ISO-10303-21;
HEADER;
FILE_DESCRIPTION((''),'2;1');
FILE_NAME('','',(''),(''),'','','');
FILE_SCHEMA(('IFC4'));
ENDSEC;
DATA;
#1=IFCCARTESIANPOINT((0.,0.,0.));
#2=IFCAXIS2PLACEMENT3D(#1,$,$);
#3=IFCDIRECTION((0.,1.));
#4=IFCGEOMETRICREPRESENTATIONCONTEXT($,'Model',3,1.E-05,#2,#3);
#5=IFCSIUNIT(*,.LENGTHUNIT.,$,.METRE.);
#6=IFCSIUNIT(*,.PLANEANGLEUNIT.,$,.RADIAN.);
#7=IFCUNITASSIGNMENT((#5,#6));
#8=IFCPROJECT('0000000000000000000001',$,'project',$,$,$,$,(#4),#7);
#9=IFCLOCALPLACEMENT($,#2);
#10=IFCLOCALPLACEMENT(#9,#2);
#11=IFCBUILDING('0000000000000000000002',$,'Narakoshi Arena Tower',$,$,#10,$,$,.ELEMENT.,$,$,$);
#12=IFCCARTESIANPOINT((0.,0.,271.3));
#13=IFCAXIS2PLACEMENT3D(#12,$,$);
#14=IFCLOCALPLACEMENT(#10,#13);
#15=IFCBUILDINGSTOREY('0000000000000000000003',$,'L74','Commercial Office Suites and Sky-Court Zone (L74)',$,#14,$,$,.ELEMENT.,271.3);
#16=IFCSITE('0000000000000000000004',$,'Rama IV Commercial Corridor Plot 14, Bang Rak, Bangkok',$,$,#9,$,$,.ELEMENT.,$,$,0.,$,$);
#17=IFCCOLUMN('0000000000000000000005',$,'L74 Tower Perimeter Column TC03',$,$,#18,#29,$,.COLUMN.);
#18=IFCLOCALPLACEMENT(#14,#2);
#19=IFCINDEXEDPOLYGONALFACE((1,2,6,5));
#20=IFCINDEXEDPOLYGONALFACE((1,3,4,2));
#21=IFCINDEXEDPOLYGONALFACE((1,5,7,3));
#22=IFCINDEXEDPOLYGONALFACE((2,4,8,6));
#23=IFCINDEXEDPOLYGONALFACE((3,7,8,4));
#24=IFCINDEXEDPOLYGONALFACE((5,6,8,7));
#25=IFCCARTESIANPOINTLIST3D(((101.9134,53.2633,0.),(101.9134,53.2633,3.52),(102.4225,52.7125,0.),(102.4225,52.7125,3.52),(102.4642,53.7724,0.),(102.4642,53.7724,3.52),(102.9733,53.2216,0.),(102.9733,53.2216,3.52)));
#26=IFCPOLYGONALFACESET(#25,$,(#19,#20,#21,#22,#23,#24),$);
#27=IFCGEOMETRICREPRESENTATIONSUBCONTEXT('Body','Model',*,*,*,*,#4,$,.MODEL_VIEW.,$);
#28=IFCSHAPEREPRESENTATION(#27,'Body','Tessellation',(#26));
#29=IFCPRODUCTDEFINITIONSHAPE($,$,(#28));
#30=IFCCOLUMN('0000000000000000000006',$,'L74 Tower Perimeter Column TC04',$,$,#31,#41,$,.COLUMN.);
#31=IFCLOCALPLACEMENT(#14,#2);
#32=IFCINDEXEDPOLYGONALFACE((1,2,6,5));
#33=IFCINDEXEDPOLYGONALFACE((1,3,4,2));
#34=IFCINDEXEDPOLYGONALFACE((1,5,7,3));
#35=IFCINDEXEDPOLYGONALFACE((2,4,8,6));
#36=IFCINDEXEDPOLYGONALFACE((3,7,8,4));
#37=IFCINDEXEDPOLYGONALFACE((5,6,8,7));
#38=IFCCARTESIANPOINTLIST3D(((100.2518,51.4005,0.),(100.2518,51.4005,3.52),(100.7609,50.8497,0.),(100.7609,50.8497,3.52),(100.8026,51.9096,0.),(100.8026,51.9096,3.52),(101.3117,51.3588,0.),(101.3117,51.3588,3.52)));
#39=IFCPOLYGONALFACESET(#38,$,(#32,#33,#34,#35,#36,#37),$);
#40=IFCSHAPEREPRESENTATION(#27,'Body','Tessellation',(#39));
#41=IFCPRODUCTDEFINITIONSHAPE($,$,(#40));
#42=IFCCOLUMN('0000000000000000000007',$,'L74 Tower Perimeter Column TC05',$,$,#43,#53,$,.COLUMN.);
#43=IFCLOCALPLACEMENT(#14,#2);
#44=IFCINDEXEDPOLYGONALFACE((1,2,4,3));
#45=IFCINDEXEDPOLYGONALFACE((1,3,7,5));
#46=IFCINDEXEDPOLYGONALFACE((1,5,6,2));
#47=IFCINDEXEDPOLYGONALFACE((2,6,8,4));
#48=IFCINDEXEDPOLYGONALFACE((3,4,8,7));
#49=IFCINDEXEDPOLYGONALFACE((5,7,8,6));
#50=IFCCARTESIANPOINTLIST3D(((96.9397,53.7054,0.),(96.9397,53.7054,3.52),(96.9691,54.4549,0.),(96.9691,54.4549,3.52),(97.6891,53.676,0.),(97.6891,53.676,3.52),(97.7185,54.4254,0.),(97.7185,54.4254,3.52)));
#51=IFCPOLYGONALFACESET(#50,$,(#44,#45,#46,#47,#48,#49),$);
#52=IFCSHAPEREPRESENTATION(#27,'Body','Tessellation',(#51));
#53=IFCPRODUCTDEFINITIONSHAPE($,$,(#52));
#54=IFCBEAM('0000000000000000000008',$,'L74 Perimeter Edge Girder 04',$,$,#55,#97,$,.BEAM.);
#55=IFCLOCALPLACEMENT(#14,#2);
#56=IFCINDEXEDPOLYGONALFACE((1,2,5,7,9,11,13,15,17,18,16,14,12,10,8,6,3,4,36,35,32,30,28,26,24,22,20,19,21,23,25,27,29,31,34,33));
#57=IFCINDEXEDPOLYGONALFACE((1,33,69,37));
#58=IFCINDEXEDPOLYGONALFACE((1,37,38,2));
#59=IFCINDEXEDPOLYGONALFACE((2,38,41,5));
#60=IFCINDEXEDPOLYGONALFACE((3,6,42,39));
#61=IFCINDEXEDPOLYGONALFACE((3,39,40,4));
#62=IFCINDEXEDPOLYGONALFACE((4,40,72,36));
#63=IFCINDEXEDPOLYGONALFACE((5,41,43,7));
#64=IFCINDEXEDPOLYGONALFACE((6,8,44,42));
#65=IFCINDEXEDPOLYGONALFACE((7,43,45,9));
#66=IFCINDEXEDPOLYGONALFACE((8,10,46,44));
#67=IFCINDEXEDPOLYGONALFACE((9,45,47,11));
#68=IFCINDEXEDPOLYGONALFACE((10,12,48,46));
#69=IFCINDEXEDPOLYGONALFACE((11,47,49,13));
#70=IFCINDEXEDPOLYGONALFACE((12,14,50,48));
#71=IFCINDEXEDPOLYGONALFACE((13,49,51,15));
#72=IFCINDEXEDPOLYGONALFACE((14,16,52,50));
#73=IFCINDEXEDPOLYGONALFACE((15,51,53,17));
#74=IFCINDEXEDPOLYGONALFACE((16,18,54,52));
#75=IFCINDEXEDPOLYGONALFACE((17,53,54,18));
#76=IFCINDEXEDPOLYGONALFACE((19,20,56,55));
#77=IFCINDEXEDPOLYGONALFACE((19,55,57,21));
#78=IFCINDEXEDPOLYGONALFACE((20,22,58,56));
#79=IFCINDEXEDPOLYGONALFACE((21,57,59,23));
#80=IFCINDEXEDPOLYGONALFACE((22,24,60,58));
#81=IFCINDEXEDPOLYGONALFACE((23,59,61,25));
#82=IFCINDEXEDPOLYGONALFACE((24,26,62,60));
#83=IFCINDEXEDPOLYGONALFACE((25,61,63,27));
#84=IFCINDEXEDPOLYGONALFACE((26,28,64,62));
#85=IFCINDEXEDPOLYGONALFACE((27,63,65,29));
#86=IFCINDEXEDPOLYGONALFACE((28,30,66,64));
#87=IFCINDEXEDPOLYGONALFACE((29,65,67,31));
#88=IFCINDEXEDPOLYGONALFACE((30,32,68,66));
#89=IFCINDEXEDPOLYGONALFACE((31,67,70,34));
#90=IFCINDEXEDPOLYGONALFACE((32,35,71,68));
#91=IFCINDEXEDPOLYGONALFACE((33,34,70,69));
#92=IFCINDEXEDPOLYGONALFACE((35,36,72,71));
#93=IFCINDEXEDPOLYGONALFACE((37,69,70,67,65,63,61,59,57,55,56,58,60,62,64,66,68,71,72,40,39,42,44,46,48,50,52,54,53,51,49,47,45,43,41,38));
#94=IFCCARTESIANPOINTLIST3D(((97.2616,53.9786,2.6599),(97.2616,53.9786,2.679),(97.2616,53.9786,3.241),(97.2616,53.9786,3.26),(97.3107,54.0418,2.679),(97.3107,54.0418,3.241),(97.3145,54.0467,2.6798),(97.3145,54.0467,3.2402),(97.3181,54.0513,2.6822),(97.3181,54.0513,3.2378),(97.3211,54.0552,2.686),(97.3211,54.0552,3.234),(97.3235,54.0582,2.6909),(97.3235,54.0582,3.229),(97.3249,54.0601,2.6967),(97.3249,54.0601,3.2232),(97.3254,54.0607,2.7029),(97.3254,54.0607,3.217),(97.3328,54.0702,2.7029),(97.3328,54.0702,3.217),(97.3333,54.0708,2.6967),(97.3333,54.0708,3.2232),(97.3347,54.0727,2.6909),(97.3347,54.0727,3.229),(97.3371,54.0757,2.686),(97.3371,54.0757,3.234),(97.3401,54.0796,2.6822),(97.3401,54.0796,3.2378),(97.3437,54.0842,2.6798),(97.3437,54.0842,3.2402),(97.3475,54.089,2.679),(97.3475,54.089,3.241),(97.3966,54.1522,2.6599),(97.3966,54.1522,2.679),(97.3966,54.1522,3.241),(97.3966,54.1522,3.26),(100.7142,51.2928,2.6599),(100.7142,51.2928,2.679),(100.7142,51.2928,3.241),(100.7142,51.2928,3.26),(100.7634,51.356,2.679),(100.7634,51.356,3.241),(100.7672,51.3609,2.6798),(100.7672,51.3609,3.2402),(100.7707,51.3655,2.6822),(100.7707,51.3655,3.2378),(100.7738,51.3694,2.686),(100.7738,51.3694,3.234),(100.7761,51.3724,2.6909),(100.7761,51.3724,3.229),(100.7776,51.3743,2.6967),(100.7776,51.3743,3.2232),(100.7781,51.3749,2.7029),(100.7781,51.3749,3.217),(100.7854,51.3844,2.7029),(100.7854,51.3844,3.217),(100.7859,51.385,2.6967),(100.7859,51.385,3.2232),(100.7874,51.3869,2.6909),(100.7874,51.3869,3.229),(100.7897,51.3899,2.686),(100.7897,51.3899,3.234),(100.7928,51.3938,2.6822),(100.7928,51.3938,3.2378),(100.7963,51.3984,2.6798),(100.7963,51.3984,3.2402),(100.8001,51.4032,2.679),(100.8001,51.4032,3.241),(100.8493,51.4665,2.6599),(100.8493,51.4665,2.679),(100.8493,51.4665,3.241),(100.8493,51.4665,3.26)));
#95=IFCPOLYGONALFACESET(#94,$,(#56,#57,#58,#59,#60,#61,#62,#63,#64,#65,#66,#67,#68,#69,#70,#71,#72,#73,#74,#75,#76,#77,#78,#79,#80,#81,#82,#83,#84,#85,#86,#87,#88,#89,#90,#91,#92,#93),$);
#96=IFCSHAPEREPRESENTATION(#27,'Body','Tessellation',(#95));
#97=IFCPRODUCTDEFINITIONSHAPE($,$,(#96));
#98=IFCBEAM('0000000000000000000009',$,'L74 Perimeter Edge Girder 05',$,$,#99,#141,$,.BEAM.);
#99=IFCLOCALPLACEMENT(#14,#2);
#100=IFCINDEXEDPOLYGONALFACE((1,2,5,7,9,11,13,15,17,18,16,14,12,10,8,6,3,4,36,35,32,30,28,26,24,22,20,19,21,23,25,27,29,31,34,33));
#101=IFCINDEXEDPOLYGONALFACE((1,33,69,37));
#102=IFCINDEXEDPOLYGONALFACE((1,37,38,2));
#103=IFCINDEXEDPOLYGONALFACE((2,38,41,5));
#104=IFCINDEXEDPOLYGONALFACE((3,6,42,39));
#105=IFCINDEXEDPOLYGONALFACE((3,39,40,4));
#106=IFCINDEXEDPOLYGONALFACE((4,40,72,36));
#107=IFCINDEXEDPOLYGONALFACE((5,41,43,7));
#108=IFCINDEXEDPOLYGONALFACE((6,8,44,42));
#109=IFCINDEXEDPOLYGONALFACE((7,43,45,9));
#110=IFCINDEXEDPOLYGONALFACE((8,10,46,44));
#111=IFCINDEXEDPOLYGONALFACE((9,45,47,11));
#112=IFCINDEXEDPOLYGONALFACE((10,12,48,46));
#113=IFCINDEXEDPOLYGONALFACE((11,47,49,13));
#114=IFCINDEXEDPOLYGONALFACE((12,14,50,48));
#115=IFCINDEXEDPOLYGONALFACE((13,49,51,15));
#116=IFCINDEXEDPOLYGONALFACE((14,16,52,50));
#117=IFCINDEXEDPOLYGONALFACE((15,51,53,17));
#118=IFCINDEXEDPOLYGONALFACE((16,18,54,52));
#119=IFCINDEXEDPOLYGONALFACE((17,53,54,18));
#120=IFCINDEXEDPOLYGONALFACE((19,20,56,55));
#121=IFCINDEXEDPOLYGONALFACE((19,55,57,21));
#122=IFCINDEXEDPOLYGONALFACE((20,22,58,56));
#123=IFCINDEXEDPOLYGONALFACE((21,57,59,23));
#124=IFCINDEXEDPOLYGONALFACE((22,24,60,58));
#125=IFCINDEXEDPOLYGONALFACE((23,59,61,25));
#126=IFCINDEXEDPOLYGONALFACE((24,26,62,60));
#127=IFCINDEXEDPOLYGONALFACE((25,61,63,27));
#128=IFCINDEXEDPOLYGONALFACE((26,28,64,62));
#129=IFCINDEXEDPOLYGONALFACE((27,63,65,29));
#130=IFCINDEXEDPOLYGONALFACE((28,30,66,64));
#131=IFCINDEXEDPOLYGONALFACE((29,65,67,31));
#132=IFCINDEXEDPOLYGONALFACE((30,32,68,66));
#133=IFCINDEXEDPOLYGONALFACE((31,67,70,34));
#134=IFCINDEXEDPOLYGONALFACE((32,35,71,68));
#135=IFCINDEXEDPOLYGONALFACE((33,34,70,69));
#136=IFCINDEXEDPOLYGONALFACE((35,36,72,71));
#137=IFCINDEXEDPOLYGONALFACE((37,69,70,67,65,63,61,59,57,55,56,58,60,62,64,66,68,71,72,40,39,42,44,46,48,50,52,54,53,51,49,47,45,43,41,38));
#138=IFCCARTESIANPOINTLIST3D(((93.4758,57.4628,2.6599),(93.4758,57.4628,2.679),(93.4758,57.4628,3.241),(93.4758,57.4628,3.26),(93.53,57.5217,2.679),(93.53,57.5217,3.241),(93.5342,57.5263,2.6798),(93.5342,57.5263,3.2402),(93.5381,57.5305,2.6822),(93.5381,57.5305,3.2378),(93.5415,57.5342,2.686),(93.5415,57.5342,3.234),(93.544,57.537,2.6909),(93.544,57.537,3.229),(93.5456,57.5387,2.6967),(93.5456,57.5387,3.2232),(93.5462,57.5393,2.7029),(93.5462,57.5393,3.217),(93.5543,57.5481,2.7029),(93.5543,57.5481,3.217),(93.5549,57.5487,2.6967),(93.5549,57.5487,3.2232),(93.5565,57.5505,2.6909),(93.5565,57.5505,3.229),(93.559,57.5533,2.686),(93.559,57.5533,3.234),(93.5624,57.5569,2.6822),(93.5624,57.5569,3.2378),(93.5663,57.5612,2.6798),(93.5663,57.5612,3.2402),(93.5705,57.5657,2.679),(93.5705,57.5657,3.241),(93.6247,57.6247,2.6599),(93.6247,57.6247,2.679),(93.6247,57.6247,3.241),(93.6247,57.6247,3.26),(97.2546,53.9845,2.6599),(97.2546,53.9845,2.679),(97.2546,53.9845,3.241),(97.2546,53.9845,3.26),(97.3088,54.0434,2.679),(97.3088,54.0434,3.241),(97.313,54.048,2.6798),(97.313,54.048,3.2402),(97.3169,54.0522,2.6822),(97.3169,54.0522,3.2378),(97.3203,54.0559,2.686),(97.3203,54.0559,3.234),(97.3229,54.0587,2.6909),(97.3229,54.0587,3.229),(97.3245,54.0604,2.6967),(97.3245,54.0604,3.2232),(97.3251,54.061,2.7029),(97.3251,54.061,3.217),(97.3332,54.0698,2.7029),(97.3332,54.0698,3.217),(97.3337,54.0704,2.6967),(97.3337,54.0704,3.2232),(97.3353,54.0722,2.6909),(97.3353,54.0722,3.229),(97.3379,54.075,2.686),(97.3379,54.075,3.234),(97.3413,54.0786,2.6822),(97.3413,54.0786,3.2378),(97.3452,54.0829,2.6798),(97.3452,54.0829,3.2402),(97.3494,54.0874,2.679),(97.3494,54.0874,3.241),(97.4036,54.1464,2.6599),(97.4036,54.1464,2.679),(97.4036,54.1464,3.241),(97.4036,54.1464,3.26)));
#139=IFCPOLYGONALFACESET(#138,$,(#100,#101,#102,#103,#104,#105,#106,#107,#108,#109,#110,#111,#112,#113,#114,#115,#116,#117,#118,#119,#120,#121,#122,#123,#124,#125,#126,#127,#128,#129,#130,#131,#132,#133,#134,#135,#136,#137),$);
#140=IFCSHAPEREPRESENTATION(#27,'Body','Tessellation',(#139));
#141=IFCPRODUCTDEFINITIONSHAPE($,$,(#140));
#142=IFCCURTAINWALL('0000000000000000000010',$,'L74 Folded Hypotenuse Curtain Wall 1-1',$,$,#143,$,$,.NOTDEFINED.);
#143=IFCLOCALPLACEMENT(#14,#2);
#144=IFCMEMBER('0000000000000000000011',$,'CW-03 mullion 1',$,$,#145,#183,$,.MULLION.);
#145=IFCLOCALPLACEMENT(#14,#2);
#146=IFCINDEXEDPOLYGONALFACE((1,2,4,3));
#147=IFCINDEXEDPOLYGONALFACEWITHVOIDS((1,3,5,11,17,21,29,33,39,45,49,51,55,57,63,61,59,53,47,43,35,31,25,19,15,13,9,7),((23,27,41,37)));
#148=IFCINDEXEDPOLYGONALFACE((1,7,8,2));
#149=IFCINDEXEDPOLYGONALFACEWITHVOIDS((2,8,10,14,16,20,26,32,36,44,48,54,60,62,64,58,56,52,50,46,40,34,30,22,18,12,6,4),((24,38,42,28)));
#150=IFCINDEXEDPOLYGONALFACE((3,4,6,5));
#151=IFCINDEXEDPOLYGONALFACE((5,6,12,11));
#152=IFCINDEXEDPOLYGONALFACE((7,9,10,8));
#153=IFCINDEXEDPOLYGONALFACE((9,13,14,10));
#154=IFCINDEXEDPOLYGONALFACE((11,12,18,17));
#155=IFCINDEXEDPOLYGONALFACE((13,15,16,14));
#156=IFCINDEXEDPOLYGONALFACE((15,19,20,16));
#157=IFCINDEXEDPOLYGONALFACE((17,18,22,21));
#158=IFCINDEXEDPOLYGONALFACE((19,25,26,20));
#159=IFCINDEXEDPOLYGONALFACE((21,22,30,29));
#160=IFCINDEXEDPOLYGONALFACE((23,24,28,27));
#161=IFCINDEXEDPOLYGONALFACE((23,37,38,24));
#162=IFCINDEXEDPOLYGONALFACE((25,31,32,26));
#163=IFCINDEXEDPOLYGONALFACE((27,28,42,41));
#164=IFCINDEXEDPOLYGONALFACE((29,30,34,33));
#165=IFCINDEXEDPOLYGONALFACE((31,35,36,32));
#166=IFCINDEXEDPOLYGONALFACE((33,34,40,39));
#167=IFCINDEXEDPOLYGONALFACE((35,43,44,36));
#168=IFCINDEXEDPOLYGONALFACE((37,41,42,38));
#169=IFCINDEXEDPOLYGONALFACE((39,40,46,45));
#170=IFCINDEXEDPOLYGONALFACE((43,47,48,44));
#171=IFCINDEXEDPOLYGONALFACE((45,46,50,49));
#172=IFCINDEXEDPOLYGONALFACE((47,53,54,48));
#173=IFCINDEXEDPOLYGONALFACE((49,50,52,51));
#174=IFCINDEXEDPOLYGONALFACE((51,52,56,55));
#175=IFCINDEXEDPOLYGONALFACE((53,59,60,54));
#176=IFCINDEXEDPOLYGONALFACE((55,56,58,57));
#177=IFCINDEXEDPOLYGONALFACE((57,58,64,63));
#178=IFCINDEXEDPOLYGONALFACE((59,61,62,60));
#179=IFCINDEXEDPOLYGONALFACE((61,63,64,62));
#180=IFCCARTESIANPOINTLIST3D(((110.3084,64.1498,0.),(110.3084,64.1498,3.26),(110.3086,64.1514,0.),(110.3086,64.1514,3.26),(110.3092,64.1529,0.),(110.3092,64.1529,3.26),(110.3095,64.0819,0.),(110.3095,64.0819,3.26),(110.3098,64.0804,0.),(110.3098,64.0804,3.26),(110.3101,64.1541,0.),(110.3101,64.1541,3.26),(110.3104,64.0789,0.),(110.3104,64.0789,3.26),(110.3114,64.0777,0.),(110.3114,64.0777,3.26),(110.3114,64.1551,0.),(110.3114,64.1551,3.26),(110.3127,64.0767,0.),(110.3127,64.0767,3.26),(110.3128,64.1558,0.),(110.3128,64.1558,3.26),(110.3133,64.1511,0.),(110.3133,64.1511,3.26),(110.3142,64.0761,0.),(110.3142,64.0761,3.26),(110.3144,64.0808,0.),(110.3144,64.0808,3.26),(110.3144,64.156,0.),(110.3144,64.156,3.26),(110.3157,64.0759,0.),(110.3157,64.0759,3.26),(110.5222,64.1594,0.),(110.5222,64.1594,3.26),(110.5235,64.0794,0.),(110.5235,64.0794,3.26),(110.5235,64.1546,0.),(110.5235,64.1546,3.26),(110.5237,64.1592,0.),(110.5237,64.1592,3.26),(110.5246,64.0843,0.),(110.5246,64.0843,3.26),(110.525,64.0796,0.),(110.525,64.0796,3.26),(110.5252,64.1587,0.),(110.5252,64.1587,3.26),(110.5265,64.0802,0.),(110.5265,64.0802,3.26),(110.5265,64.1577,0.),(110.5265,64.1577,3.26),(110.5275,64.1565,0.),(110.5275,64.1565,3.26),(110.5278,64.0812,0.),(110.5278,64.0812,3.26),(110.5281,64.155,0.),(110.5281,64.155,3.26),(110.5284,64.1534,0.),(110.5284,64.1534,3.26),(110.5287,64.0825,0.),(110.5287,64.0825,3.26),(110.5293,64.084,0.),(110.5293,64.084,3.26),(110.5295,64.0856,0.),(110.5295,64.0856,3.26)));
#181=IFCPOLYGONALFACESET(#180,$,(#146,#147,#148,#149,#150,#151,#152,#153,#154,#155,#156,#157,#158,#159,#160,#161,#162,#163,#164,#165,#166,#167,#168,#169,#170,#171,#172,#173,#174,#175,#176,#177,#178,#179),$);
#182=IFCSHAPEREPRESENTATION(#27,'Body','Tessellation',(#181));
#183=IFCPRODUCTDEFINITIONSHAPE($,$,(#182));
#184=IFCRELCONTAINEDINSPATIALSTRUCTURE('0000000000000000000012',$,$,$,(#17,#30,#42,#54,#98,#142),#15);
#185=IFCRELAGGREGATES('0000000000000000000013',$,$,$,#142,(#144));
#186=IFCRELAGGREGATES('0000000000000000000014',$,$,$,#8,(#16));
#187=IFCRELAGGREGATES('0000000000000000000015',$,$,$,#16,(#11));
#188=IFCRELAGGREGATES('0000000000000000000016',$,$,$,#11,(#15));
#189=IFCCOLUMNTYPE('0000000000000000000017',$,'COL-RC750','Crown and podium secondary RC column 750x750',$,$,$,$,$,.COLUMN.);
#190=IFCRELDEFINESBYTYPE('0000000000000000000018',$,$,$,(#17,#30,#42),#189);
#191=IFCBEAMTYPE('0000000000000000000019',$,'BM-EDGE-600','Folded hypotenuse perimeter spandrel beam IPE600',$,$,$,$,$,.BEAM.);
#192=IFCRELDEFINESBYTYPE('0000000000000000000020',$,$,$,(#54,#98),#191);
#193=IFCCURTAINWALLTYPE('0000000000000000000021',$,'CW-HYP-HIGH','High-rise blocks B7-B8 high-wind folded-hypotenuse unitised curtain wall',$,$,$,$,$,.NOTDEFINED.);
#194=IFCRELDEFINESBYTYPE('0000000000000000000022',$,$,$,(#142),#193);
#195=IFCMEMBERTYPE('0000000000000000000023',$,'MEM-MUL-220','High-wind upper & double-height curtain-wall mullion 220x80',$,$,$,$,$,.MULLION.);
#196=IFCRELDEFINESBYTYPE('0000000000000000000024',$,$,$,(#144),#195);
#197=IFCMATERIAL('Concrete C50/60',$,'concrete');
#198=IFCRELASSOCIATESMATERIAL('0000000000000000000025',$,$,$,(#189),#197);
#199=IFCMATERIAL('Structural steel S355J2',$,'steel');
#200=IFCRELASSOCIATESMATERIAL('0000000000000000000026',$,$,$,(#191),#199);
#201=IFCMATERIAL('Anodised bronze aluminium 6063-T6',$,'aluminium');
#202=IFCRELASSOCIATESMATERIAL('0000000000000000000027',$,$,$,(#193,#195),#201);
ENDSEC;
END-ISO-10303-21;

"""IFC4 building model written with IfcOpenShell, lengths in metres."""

from ifc_helpers import new_model, si_unit, direction, frame, origin, origin_2d, place, context, subcontext, project, spatial, rectangle, hollow_rectangle, i_section, extrude, material, material_profile, profile_set, type_object, element, aggregate, save


model = new_model("IFC4")

# Units and contexts
model_context = context("Model", 3, precision=1e-05, world=origin(), true_north=direction((0.0, 1.0)))
body_context = subcontext(model_context, "Body", "Model", "MODEL_VIEW")
ifc_project = project(units=[si_unit("LENGTHUNIT", "METRE"), si_unit("PLANEANGLEUNIT", "RADIAN")], contexts=[model_context])

# Site, building, storey
site_placement = place(None, origin())
site = spatial("IfcSite", under=ifc_project, at=site_placement, Name="Rama IV Commercial Corridor Plot 14, Bang Rak, Bangkok", CompositionType="ELEMENT", RefElevation=0.0)
building_placement = place(site_placement, origin())
building = spatial("IfcBuilding", under=site, at=building_placement, Name="Narakoshi Arena Tower", CompositionType="ELEMENT")
storey_placement = place(building_placement, frame((0.0, 0.0, 271.3)))
storey = spatial("IfcBuildingStorey", under=building, at=storey_placement, Name="L74", Description="Commercial Office Suites and Sky-Court Zone (L74)", CompositionType="ELEMENT", Elevation=271.3)

# Columns
ifc_material_1 = material(Name="Concrete C50/60", Category="concrete")
ifc_material_profile_1 = material_profile(ifc_material_1, rectangle(XDim=0.75, YDim=0.75, at=origin_2d()), Name="RC750x750")
ifc_profile_set_1 = profile_set([ifc_material_profile_1], Name="Concrete C50/60")
column_type = type_object("IfcColumnType", Name="COL-RC750", Description="Crown and podium secondary RC column 750x750", PredefinedType="COLUMN", material=ifc_profile_set_1)
for number, where, z_axis, x_axis, name in (
    (1, (102.4434, 53.2424, 0.0), (0.0, 0.0, 1.0), (0.734323, 0.678801, 0.0), "L74 Tower Perimeter Column TC03"),
    (2, (100.7817, 51.3796, 0.0), (0.0, 0.0, 1.0), (0.734323, 0.678801, 0.0), "L74 Tower Perimeter Column TC04"),
    (3, (97.3291, 54.0654, 0.0), (0.0, 0.0, 1.0), (0.03926, 0.999229, 0.0), "L74 Tower Perimeter Column TC05"),
):
    element("IfcColumn", number, at=place(storey_placement, frame(where, z_axis=z_axis, x_axis=x_axis)), inside=storey, type_object=column_type, Name=name, PredefinedType="COLUMN", context=body_context, shape_type="SweptSolid", body=[
        extrude(rectangle(XDim=0.75, YDim=0.75, at=origin_2d()), origin(), (0.0, 0.0, 1.0), 3.52),
    ])

# Beams
ifc_material_2 = material(Name="Structural steel S355J2", Category="steel")
ifc_material_profile_2 = material_profile(ifc_material_2, i_section(OverallWidth=0.22, OverallDepth=0.6001, WebThickness=0.012, FlangeThickness=0.019, FilletRadius=0.0239, at=origin_2d()), Name="IPE600")
ifc_profile_set_2 = profile_set([ifc_material_profile_2], Name="Structural steel S355J2")
beam_type = type_object("IfcBeamType", Name="BM-EDGE-600", Description="Folded hypotenuse perimeter spandrel beam IPE600", PredefinedType="BEAM", material=ifc_profile_set_2)
beam_1_placement = place(storey_placement, frame((100.7817, 51.3796, 2.96), z_axis=(-0.789307, 0.613999, 0.0), x_axis=(-0.613999, -0.789307, 0.0)))
element("IfcBeam", 4, at=beam_1_placement, inside=storey, type_object=beam_type, Name="L74 Perimeter Edge Girder 04", PredefinedType="BEAM", context=body_context, shape_type="SweptSolid", body=[
    extrude(i_section(OverallWidth=0.22, OverallDepth=0.6001, WebThickness=0.012, FlangeThickness=0.019, FilletRadius=0.0239, at=origin_2d()), origin(), (0.0, 0.0, 1.0), 4.3743),
])
beam_2_placement = place(storey_placement, frame((97.3291, 54.0654, 2.96), z_axis=(-0.73576, 0.677243, 0.0), x_axis=(-0.677243, -0.73576, 0.0)))
element("IfcBeam", 5, at=beam_2_placement, inside=storey, type_object=beam_type, Name="L74 Perimeter Edge Girder 05", PredefinedType="BEAM", context=body_context, shape_type="SweptSolid", body=[
    extrude(i_section(OverallWidth=0.22, OverallDepth=0.6001, WebThickness=0.012, FlangeThickness=0.019, FilletRadius=0.0239, at=origin_2d()), origin(), (0.0, 0.0, 1.0), 5.136),
])

# Curtain wall, member
ifc_material_3 = material(Name="Anodised bronze aluminium 6063-T6", Category="aluminium")
curtain_wall_type = type_object("IfcCurtainWallType", Name="CW-HYP-HIGH", Description="High-rise blocks B7-B8 high-wind folded-hypotenuse unitised curtain wall", PredefinedType="NOTDEFINED", material=ifc_material_3)
curtain_wall_placement = place(storey_placement, origin())
curtain_wall = element("IfcCurtainWall", 6, at=curtain_wall_placement, inside=storey, type_object=curtain_wall_type, Name="L74 Folded Hypotenuse Curtain Wall 1-1", PredefinedType="NOTDEFINED")
ifc_material_profile_3 = material_profile(ifc_material_3, hollow_rectangle(XDim=0.0801, YDim=0.22, WallThickness=0.0049, OuterFilletRadius=0.0061, at=origin_2d()), Name="MUL220x80x5")
ifc_profile_set_3 = profile_set([ifc_material_profile_3], Name="Anodised bronze aluminium 6063-T6")
member_type_1 = type_object("IfcMemberType", Name="MEM-MUL-220", Description="High-wind upper & double-height curtain-wall mullion 220x80", PredefinedType="MULLION", material=ifc_profile_set_3)
member_1_placement = place(storey_placement, frame((110.4189, 64.1177, 0.0), z_axis=(0.0, 0.0, 1.0), x_axis=(0.016443, -0.999865, 0.0)))
member_1 = element("IfcMember", 7, at=member_1_placement, type_object=member_type_1, Name="CW-03 mullion 1", PredefinedType="MULLION", context=body_context, shape_type="SweptSolid", body=[
    extrude(hollow_rectangle(XDim=0.0801, YDim=0.22, WallThickness=0.0049, OuterFilletRadius=0.0061, at=origin_2d()), origin(), (0.0, 0.0, 1.0), 3.26),
])
aggregate(curtain_wall, [member_1])

save(model, "model.ifc")
